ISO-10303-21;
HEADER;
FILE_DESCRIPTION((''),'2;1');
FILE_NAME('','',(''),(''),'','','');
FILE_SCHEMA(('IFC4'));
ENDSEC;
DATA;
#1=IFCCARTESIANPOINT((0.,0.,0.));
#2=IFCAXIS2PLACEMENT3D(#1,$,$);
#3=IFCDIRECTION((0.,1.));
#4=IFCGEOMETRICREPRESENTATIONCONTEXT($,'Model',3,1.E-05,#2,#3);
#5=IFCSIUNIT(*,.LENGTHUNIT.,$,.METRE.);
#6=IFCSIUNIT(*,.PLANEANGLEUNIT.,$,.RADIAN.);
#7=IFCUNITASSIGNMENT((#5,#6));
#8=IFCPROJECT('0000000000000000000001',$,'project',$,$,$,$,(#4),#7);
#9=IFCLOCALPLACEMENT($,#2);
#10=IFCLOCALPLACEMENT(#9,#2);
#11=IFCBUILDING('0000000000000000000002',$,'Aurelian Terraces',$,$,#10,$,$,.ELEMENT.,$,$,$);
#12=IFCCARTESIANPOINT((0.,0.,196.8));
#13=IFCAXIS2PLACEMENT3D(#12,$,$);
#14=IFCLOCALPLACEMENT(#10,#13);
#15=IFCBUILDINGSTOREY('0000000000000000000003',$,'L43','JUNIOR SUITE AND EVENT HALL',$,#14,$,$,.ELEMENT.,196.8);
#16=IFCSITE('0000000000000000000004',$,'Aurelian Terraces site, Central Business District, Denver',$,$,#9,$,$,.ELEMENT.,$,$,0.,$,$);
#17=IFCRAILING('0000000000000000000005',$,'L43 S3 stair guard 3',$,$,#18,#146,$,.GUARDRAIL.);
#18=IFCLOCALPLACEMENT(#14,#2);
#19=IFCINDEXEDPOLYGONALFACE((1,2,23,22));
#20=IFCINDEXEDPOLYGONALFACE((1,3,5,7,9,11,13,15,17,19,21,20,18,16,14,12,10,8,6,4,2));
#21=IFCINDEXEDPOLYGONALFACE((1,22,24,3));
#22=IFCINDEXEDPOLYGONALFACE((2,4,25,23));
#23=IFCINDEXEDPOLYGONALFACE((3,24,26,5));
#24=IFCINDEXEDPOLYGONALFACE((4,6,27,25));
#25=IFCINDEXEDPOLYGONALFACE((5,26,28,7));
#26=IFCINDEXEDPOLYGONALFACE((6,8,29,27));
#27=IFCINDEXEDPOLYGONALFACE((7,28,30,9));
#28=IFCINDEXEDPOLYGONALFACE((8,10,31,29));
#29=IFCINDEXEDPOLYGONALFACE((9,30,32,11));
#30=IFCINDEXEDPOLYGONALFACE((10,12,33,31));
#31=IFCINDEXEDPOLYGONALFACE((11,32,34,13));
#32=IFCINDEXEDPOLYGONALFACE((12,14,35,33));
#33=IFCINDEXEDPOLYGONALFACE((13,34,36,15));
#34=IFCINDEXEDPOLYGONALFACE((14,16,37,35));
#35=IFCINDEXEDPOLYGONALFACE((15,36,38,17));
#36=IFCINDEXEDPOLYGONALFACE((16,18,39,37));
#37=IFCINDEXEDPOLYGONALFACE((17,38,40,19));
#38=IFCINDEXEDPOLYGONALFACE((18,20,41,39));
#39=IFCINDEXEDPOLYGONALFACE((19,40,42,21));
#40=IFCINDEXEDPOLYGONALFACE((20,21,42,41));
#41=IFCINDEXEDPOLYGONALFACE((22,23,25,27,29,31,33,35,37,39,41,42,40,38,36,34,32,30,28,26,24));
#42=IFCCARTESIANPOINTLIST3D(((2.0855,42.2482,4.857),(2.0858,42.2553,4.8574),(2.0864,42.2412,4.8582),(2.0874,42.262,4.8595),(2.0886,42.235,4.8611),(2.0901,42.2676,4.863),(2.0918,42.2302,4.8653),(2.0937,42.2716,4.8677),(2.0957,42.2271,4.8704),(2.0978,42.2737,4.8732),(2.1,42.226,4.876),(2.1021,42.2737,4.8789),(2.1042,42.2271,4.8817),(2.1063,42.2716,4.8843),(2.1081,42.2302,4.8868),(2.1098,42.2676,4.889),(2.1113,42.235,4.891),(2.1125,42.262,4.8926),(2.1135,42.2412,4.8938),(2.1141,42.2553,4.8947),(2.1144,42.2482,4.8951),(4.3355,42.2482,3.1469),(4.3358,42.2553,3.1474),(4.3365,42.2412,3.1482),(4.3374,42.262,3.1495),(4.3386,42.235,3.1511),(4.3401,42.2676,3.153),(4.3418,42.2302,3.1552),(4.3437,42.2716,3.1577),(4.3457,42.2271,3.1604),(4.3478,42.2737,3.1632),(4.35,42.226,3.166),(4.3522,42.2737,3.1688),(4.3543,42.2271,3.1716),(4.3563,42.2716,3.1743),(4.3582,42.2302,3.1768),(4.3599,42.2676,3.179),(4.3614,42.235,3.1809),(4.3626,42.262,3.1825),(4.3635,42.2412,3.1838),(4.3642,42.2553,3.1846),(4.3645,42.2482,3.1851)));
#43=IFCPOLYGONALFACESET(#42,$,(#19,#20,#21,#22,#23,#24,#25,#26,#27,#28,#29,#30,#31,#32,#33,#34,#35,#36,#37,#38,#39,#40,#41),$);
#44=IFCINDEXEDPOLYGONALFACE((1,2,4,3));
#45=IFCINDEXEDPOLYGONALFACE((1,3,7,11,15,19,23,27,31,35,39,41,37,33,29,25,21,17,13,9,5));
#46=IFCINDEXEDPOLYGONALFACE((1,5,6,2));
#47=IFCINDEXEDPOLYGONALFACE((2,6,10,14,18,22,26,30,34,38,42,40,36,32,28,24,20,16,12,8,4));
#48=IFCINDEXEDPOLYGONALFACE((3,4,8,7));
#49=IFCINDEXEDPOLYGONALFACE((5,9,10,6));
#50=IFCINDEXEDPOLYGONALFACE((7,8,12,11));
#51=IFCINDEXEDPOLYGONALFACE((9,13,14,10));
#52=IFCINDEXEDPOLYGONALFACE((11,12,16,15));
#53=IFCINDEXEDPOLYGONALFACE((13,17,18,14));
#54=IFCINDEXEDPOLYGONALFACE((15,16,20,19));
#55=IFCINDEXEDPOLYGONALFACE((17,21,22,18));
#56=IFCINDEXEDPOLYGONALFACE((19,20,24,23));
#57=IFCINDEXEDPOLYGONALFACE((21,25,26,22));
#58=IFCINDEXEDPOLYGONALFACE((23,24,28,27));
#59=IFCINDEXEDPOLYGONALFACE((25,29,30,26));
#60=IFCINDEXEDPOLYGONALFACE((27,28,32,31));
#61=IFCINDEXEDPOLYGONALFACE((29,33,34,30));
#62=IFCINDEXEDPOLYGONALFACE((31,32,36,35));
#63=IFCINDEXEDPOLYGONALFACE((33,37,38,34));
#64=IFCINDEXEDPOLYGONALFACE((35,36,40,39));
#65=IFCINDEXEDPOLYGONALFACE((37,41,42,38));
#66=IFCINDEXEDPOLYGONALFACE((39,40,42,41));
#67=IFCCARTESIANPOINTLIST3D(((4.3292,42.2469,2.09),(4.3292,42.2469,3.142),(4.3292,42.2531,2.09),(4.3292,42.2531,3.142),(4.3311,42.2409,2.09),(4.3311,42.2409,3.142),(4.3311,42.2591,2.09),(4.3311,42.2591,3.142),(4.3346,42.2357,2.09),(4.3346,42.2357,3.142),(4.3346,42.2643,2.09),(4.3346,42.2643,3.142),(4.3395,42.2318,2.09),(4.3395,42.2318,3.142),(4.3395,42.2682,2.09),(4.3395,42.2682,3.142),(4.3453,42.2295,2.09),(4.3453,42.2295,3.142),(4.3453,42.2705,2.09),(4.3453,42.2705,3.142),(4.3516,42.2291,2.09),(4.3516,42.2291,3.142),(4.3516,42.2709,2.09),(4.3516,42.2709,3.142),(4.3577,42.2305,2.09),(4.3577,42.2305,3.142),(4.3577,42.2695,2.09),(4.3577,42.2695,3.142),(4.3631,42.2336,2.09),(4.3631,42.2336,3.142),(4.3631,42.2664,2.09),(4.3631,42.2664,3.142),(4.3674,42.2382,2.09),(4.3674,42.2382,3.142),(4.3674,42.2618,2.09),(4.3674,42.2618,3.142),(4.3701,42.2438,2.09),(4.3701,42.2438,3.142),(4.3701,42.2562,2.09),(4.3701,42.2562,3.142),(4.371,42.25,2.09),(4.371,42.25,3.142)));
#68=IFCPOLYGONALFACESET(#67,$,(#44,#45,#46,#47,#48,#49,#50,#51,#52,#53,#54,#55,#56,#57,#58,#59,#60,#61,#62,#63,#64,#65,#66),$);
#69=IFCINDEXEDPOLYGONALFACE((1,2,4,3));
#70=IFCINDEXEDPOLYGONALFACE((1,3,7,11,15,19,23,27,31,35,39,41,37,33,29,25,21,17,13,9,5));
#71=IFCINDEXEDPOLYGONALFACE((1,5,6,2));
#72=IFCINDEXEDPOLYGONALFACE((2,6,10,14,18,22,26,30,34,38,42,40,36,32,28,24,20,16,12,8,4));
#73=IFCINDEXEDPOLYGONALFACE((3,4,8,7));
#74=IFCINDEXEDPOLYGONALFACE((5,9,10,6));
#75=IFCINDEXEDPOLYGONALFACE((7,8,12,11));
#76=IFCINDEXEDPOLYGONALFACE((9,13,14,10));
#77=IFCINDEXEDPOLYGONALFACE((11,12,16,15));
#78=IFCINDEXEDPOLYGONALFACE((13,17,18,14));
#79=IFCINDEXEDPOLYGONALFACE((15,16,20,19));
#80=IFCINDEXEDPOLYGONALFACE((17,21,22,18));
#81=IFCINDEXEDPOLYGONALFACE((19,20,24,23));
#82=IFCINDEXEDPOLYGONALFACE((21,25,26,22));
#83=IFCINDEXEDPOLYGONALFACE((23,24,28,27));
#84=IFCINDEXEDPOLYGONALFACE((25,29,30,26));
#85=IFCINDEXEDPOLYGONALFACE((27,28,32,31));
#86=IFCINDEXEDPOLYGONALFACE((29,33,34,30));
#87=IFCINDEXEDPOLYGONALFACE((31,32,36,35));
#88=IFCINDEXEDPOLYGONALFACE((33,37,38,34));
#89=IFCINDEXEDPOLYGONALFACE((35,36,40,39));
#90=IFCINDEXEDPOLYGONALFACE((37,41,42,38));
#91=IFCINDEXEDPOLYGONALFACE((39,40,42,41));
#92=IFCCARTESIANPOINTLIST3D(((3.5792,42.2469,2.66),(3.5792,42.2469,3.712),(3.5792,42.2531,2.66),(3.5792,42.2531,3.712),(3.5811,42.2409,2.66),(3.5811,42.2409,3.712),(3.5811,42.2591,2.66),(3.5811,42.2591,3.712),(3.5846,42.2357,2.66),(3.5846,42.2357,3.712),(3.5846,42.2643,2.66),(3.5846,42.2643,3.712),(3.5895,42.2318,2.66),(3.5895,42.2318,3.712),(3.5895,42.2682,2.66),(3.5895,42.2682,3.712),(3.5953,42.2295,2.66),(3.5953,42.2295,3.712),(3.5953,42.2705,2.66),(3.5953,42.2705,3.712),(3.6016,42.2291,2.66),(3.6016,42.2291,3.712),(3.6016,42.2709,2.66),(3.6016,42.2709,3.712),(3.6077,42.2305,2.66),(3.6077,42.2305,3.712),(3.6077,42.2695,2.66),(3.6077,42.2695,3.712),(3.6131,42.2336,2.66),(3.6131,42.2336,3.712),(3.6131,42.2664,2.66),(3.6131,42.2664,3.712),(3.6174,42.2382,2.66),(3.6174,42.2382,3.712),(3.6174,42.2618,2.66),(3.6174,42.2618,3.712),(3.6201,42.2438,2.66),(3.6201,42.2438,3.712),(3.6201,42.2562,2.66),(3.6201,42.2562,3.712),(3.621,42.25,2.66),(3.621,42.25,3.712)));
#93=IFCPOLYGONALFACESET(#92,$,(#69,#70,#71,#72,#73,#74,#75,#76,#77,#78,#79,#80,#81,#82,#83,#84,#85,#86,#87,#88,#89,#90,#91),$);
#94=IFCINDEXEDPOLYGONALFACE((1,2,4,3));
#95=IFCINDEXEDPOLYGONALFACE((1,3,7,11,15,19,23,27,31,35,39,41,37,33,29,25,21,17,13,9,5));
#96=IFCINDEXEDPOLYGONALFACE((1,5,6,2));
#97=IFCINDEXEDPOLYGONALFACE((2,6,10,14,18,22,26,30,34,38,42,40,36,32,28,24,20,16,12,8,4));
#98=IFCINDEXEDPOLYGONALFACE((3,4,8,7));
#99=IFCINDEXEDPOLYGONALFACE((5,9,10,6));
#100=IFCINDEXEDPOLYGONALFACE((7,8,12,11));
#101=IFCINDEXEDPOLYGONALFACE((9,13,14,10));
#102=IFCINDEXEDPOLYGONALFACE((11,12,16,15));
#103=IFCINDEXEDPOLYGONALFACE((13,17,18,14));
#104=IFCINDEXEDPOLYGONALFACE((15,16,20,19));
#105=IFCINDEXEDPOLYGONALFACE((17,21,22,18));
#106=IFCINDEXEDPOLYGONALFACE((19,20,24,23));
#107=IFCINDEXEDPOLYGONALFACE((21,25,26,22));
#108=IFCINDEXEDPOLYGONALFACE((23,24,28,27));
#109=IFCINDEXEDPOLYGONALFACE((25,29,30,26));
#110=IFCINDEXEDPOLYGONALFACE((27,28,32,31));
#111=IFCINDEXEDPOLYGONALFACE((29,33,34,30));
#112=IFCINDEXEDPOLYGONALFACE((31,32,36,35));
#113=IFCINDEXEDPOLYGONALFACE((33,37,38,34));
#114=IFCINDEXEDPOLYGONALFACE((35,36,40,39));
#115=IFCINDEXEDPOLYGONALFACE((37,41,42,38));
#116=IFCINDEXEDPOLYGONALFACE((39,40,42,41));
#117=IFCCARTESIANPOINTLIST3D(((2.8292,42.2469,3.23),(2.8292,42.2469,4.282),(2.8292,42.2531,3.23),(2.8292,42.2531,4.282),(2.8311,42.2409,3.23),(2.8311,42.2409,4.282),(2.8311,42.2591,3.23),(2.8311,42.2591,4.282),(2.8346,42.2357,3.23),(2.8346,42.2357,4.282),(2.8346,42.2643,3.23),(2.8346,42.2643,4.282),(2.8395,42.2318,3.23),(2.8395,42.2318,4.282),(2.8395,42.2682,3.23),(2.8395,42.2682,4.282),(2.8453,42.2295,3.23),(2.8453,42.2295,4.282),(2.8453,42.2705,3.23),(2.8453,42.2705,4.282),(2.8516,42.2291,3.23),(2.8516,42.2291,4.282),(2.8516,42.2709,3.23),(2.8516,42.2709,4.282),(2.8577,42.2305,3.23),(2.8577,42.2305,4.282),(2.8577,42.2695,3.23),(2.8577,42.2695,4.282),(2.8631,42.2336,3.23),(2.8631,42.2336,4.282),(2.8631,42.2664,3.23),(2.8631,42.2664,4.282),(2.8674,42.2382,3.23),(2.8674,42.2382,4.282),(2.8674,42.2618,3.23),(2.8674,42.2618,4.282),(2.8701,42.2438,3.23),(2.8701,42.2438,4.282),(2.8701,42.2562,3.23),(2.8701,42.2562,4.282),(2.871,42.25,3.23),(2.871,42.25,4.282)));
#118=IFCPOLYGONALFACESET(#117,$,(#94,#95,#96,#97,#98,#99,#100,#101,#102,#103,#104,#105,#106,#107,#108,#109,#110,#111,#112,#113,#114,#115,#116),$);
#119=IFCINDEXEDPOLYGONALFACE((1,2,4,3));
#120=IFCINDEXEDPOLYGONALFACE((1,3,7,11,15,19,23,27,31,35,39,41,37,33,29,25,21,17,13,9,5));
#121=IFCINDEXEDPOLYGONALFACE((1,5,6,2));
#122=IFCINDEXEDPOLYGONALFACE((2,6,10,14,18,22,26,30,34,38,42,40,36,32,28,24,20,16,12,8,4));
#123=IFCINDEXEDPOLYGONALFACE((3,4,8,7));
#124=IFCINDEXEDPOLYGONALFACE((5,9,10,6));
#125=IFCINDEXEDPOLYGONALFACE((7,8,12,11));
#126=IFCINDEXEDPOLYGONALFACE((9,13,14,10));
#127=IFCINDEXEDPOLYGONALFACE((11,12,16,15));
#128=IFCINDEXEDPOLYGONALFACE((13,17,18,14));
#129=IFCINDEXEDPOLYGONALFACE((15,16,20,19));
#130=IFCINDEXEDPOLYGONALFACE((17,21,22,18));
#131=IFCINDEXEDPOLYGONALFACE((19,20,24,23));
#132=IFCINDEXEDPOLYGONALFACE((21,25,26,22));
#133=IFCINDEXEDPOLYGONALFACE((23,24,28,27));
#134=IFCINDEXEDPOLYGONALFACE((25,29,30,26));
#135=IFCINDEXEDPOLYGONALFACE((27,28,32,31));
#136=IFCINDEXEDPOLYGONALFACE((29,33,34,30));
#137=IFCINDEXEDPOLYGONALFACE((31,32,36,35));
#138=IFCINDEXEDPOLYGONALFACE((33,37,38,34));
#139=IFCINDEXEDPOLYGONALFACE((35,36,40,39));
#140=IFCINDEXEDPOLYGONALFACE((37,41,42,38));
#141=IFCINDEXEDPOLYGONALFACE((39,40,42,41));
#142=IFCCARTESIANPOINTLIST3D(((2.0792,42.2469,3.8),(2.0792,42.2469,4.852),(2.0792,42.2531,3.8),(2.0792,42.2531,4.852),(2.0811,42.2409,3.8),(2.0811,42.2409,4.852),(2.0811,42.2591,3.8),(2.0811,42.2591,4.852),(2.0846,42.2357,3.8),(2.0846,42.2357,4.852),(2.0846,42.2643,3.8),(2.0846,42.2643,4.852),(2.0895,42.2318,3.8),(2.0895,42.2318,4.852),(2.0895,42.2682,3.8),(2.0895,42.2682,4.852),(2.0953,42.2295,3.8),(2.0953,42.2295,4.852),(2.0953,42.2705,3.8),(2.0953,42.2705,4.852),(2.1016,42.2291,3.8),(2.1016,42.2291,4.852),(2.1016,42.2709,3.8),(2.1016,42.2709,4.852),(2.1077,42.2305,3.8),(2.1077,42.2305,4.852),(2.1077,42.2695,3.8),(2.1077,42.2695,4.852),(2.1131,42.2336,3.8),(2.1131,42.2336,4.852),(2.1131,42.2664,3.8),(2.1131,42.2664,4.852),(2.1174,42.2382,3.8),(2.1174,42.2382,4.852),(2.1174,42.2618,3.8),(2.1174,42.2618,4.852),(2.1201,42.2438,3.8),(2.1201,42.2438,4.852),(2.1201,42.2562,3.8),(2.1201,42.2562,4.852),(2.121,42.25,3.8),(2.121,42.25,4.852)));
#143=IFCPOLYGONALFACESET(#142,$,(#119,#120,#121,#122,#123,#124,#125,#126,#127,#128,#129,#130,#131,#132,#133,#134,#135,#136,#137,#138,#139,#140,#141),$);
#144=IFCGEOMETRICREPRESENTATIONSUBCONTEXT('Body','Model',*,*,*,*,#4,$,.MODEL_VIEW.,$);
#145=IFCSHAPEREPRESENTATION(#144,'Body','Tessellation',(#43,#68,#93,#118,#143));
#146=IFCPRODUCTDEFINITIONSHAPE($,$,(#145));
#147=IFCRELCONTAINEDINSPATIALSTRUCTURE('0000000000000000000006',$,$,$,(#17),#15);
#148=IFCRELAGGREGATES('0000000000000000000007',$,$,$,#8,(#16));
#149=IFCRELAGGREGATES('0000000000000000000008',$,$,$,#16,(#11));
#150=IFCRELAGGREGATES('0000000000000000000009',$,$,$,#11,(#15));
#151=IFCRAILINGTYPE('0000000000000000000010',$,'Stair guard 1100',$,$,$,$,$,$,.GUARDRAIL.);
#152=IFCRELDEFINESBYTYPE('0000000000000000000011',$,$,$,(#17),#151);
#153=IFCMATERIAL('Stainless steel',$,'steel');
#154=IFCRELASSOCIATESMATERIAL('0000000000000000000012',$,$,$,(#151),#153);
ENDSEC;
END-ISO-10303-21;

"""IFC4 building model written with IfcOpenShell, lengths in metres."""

from ifc_helpers import new_model, si_unit, direction, frame, origin, origin_2d, place, context, subcontext, project, spatial, circle, extrude, source, transform, mapped, material, type_object, element, save


model = new_model("IFC4")

# Units and contexts
model_context = context("Model", 3, precision=1e-05, world=origin(), true_north=direction((0.0, 1.0)))
body_context = subcontext(model_context, "Body", "Model", "MODEL_VIEW")
ifc_project = project(units=[si_unit("LENGTHUNIT", "METRE"), si_unit("PLANEANGLEUNIT", "RADIAN")], contexts=[model_context])

# Site, building, storey
site_placement = place(None, origin())
site = spatial("IfcSite", under=ifc_project, at=site_placement, Name="Aurelian Terraces site, Central Business District, Denver", CompositionType="ELEMENT", RefElevation=0.0)
building_placement = place(site_placement, origin())
building = spatial("IfcBuilding", under=site, at=building_placement, Name="Aurelian Terraces", CompositionType="ELEMENT")
storey_placement = place(building_placement, frame((0.0, 0.0, 196.8)))
storey = spatial("IfcBuildingStorey", under=building, at=storey_placement, Name="L43", Description="JUNIOR SUITE AND EVENT HALL", CompositionType="ELEMENT", Elevation=196.8)

# Railing
ifc_material_1 = material(Name="Stainless steel", Category="steel")
railing_type_1 = type_object("IfcRailingType", Name="Stair guard 1100", PredefinedType="GUARDRAIL", material=ifc_material_1)
shared_shape_1 = source(origin(), body_context, "Body", "SweptSolid", [
    extrude(circle(Radius=0.024, at=origin_2d()), frame((0.0, 0.0, 1.076), z_axis=(-0.796162, 0.0, 0.605083), x_axis=(0.0, -1.0, 0.0)), (0.0, 0.0, 1.0), 2.8261),
    extrude(circle(Radius=0.021, at=origin_2d()), origin(), (0.0, 0.0, 1.0), 1.052),
    extrude(circle(Radius=0.021, at=origin_2d()), frame((-0.75, 0.0, 0.57)), (0.0, 0.0, 1.0), 1.052),
    extrude(circle(Radius=0.021, at=origin_2d()), frame((-1.5, 0.0, 1.14)), (0.0, 0.0, 1.0), 1.052),
    extrude(circle(Radius=0.021, at=origin_2d()), frame((-2.25, 0.0, 1.71)), (0.0, 0.0, 1.0), 1.052),
])
railing_1_placement = place(storey_placement, frame((4.35, 42.25, 2.09)))
element("IfcRailing", 1, at=railing_1_placement, inside=storey, type_object=railing_type_1, Name="L43 S3 stair guard 3", PredefinedType="GUARDRAIL", context=body_context, shape_type="MappedRepresentation", body=[
    mapped(shared_shape_1, transform((0.0, 0.0, 0.0), scale=1.0)),
])

save(model, "model.ifc")
